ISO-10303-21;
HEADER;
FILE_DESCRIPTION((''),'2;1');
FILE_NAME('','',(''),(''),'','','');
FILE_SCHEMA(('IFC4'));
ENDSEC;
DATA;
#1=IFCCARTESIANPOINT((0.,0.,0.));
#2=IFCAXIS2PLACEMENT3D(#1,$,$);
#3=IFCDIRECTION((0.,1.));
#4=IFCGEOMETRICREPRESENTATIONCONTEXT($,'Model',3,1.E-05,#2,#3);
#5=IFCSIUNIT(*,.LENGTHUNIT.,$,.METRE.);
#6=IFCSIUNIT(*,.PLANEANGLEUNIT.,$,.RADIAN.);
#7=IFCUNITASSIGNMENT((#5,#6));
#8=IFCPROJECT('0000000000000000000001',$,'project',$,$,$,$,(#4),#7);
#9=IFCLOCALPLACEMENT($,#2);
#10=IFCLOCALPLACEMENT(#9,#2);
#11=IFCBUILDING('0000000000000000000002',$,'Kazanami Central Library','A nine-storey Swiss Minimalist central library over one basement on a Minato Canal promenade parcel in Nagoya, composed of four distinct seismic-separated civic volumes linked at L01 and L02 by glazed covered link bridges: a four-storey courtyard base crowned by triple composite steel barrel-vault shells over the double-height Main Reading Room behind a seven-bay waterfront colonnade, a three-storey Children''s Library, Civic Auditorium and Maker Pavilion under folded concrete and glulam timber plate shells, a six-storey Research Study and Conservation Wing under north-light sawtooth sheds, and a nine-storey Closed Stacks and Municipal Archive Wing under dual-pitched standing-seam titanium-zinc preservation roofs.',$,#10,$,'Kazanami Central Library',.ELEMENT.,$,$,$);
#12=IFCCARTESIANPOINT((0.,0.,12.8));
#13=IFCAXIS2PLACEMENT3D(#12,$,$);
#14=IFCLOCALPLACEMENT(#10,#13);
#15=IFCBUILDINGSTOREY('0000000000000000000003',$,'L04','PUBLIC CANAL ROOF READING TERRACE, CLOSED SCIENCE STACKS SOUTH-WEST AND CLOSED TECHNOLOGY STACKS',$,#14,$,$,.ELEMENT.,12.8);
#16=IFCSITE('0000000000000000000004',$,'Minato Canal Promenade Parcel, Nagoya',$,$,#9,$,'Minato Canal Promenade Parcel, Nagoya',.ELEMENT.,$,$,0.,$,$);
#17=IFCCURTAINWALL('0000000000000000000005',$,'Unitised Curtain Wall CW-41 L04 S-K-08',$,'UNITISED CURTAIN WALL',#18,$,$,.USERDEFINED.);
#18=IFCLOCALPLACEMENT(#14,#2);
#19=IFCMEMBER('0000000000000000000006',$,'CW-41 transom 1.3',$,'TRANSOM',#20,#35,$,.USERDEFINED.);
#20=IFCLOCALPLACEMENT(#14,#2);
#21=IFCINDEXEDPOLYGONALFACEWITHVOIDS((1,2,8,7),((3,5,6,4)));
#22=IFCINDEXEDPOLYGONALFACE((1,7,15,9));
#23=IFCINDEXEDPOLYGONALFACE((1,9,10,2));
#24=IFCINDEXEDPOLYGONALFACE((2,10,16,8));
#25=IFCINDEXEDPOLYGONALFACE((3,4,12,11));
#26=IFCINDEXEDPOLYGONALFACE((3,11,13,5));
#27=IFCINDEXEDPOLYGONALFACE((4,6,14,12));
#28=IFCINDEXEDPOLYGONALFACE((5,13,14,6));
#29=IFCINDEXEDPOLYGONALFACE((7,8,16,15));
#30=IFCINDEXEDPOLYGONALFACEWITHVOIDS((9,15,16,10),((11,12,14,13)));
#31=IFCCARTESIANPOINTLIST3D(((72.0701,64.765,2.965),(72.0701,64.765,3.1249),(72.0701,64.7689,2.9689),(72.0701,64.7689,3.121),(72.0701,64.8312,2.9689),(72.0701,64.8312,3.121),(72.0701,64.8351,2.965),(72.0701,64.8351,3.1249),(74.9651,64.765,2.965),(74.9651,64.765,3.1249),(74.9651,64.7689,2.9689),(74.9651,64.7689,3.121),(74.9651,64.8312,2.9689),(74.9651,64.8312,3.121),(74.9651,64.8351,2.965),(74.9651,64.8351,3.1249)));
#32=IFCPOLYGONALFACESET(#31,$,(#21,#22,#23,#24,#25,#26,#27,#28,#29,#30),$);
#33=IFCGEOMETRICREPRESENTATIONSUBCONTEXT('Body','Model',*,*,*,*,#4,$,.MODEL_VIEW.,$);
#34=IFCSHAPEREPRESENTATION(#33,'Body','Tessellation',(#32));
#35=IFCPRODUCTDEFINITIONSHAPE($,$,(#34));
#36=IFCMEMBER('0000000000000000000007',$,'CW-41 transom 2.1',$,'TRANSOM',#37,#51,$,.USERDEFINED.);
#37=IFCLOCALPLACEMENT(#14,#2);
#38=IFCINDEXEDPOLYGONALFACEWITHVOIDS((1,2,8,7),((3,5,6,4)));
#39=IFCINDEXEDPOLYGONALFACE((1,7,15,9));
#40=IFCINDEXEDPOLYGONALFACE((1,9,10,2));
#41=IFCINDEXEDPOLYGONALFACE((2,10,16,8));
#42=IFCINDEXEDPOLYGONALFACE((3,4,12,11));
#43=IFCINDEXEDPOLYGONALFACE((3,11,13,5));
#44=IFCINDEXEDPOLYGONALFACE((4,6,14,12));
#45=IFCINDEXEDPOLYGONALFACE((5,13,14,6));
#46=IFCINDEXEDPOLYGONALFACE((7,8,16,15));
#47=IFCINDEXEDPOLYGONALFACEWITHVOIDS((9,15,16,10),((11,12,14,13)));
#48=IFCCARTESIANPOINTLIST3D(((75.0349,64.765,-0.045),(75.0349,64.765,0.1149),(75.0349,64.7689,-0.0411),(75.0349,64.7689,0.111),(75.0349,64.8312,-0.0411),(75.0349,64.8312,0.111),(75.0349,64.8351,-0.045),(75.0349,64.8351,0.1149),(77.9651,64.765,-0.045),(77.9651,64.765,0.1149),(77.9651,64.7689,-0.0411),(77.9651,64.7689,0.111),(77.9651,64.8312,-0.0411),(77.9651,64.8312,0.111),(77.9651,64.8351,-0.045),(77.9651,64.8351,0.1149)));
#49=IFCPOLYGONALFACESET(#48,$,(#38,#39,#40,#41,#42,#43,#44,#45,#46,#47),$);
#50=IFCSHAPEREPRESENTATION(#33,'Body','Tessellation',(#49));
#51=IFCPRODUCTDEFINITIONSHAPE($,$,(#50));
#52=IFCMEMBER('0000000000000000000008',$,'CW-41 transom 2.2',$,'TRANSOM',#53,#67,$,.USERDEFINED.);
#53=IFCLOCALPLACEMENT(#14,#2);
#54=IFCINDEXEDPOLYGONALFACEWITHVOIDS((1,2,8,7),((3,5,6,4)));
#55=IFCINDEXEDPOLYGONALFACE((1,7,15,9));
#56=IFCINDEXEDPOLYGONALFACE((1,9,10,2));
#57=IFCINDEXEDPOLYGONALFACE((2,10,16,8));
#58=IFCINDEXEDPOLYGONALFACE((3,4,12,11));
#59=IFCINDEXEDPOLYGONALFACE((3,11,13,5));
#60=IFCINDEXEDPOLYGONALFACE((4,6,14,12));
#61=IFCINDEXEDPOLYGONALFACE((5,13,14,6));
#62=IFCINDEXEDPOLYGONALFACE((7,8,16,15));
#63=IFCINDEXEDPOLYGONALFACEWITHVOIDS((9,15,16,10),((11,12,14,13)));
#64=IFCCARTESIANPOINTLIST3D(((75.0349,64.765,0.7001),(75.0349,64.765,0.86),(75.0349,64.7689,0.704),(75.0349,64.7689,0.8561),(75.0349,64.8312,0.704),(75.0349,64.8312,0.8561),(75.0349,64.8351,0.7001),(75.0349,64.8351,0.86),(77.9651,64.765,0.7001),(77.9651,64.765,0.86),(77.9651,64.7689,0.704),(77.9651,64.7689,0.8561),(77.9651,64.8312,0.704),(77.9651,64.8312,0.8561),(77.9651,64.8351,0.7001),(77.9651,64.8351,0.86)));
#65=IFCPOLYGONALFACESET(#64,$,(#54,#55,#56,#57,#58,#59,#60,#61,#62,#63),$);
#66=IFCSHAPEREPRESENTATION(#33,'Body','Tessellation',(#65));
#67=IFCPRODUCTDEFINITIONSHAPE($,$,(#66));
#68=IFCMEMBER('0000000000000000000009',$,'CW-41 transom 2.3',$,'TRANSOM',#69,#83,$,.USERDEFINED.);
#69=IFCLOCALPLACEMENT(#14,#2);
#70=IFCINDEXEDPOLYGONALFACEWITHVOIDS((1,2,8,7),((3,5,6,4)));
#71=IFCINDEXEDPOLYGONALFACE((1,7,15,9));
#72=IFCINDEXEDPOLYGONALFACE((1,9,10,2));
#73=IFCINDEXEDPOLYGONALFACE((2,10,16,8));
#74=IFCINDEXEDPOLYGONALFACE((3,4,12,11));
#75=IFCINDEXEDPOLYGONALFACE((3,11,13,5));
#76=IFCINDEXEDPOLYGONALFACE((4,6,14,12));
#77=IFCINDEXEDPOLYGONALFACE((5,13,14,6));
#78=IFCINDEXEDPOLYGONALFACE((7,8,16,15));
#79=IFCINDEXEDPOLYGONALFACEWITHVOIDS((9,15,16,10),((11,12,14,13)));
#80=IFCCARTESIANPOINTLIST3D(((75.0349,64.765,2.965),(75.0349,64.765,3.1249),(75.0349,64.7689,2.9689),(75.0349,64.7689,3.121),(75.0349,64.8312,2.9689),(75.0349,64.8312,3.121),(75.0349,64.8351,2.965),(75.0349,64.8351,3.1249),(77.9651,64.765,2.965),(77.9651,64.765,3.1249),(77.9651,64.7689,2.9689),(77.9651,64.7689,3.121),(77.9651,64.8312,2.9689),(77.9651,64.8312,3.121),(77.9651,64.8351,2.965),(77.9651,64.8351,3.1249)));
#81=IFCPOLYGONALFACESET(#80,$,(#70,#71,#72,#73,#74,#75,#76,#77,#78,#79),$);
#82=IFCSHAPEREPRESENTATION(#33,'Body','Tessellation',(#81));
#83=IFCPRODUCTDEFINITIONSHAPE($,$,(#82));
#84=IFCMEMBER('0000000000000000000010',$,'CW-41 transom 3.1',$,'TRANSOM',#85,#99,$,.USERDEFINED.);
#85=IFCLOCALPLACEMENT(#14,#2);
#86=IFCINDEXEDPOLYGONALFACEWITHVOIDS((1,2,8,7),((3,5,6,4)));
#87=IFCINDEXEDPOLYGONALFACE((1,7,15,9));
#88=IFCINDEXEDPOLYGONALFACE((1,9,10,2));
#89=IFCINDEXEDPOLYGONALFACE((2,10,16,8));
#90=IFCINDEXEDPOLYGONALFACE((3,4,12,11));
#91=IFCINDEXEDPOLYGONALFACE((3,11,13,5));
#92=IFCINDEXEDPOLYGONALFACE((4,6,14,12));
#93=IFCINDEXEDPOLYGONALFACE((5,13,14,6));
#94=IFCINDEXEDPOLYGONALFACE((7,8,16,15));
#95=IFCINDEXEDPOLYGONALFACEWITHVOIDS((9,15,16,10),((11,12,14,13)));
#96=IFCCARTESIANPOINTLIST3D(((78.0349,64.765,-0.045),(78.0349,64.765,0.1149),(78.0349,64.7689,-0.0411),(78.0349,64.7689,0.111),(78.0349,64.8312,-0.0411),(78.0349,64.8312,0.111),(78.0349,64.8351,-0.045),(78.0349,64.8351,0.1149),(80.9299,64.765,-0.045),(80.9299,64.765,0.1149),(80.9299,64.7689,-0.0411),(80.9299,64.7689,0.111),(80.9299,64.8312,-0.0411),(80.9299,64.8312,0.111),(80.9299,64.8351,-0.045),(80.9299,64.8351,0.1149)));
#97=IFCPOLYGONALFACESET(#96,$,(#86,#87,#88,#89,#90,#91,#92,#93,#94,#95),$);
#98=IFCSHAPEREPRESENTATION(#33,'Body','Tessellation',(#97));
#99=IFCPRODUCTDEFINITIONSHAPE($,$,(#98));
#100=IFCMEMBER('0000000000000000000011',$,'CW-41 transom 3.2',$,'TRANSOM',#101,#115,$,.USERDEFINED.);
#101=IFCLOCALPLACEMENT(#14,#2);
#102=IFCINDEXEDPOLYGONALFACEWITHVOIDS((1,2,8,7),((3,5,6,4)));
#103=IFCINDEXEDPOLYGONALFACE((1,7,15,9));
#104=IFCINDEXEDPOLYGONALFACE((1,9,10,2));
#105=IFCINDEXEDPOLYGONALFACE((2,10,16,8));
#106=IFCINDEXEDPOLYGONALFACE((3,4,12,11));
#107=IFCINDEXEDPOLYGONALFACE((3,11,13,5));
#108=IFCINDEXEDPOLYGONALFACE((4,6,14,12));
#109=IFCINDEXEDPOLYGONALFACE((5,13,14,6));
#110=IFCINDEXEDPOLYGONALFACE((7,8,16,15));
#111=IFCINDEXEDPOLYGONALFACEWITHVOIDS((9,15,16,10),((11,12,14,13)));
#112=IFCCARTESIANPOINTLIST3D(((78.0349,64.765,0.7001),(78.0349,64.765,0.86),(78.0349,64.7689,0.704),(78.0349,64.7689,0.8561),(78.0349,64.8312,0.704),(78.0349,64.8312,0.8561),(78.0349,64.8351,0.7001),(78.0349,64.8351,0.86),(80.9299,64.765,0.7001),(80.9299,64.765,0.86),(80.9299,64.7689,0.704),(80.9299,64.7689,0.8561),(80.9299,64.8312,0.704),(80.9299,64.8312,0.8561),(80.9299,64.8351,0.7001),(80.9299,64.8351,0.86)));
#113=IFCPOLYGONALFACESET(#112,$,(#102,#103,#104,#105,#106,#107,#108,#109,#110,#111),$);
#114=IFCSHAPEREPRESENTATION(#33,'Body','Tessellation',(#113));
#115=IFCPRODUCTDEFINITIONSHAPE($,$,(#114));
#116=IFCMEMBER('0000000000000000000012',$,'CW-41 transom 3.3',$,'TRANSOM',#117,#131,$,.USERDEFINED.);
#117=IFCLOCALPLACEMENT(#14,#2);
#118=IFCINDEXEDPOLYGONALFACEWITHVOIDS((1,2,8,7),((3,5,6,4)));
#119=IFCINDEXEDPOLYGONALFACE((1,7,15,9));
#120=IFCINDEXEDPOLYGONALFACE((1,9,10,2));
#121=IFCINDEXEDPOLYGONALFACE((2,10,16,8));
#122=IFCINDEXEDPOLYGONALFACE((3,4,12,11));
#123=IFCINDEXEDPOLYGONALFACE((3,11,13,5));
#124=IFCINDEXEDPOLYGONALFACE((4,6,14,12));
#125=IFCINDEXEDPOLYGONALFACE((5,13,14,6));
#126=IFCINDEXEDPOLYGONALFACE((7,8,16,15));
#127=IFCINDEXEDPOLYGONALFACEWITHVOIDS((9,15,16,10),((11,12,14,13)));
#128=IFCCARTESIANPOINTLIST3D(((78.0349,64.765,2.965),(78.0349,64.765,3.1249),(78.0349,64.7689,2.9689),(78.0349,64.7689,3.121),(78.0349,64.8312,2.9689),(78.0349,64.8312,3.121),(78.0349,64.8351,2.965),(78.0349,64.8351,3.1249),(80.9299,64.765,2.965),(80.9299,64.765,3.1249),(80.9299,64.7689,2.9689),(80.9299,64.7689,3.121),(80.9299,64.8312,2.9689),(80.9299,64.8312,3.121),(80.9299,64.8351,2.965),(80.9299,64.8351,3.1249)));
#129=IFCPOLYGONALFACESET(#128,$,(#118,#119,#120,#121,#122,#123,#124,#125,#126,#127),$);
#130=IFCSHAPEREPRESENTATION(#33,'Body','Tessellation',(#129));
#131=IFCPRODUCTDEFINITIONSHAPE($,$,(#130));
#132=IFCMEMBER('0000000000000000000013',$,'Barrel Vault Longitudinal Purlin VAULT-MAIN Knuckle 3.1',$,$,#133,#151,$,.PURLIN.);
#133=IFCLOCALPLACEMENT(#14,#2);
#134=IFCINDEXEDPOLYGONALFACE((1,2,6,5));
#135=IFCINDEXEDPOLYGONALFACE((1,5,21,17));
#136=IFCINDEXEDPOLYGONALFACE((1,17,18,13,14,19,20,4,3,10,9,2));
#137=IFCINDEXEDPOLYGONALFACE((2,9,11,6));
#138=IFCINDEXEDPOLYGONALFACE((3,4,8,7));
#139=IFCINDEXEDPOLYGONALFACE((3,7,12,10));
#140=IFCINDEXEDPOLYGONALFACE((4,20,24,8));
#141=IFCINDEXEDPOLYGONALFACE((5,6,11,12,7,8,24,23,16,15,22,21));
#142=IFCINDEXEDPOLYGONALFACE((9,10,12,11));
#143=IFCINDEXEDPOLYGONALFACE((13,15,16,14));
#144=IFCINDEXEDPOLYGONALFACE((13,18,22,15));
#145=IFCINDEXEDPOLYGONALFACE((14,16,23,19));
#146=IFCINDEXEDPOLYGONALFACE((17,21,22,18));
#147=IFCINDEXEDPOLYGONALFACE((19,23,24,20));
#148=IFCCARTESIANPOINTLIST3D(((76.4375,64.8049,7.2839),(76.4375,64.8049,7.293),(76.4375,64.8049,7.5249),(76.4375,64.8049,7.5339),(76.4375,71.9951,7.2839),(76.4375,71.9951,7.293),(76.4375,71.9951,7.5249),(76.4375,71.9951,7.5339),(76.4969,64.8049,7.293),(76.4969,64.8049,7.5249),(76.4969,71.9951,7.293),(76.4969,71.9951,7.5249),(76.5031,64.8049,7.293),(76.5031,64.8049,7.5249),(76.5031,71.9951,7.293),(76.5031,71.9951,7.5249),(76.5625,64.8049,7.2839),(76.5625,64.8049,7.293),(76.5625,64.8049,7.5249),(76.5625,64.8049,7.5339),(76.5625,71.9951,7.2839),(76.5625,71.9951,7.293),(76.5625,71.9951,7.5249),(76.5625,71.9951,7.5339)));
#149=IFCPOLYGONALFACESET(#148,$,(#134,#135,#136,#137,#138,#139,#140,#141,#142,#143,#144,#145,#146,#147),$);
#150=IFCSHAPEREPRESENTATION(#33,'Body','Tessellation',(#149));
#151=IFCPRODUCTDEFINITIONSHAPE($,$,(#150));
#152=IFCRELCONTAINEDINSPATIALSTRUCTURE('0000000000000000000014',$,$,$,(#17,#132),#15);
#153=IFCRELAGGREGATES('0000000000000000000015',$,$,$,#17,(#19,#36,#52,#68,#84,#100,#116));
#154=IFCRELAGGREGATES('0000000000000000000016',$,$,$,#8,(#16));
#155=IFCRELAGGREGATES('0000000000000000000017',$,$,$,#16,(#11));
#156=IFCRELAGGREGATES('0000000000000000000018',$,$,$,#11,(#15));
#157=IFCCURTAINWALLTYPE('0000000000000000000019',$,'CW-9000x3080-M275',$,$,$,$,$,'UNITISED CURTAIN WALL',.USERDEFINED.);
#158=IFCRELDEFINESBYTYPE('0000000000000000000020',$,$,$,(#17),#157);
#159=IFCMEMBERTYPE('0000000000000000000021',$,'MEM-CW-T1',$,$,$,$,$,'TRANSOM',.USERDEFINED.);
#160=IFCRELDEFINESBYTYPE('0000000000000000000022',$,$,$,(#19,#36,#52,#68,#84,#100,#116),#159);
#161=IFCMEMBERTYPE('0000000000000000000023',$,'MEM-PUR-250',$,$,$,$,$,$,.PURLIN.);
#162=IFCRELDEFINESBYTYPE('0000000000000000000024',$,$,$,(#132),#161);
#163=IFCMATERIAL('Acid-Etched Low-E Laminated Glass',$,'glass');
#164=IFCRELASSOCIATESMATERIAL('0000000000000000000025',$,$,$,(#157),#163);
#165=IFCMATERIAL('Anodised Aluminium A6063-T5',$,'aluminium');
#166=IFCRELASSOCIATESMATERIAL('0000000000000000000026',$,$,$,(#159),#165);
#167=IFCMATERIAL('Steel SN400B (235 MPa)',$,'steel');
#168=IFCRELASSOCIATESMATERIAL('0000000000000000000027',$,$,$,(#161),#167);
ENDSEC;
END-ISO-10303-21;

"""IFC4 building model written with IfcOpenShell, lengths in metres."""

from ifc_helpers import new_model, si_unit, direction, frame, origin, origin_2d, place, context, subcontext, project, spatial, hollow_rectangle, i_section, extrude, material, material_profile, profile_set, type_object, element, aggregate, save


model = new_model("IFC4")

# Units and contexts
model_context = context("Model", 3, precision=1e-05, world=origin(), true_north=direction((0.0, 1.0)))
body_context = subcontext(model_context, "Body", "Model", "MODEL_VIEW")
ifc_project = project(units=[si_unit("LENGTHUNIT", "METRE"), si_unit("PLANEANGLEUNIT", "RADIAN")], contexts=[model_context])

# Site, building, storey
site_placement = place(None, origin())
site = spatial("IfcSite", under=ifc_project, at=site_placement, Name="Minato Canal Promenade Parcel, Nagoya", LongName="Minato Canal Promenade Parcel, Nagoya", CompositionType="ELEMENT", RefElevation=0.0)
building_placement = place(site_placement, origin())
building = spatial("IfcBuilding", under=site, at=building_placement, Name="Kazanami Central Library", Description="A nine-storey Swiss Minimalist central library over one basement on a Minato Canal promenade parcel in Nagoya, composed of four distinct seismic-separated civic volumes linked at L01 and L02 by glazed covered link bridges: a four-storey courtyard base crowned by triple composite steel barrel-vault shells over the double-height Main Reading Room behind a seven-bay waterfront colonnade, a three-storey Children's Library, Civic Auditorium and Maker Pavilion under folded concrete and glulam timber plate shells, a six-storey Research Study and Conservation Wing under north-light sawtooth sheds, and a nine-storey Closed Stacks and Municipal Archive Wing under dual-pitched standing-seam titanium-zinc preservation roofs.", LongName="Kazanami Central Library", CompositionType="ELEMENT")
storey_placement = place(building_placement, frame((0.0, 0.0, 12.8)))
storey = spatial("IfcBuildingStorey", under=building, at=storey_placement, Name="L04", Description="PUBLIC CANAL ROOF READING TERRACE, CLOSED SCIENCE STACKS SOUTH-WEST AND CLOSED TECHNOLOGY STACKS", CompositionType="ELEMENT", Elevation=12.8)

# Curtain wall, members
ifc_material_1 = material(Name="Acid-Etched Low-E Laminated Glass", Category="glass")
curtain_wall_type = type_object("IfcCurtainWallType", Name="CW-9000x3080-M275", ElementType="UNITISED CURTAIN WALL", PredefinedType="USERDEFINED", material=ifc_material_1)
curtain_wall_placement = place(storey_placement, origin())
curtain_wall = element("IfcCurtainWall", 1, at=curtain_wall_placement, inside=storey, type_object=curtain_wall_type, Name="Unitised Curtain Wall CW-41 L04 S-K-08", ObjectType="UNITISED CURTAIN WALL", PredefinedType="USERDEFINED")
ifc_material_2 = material(Name="Anodised Aluminium A6063-T5", Category="aluminium")
ifc_material_profile_1 = material_profile(ifc_material_2, hollow_rectangle(XDim=0.0701, YDim=0.1599, WallThickness=0.0039, at=origin_2d()), Name="ALU-TRAN-70x160x4")
ifc_profile_set_1 = profile_set([ifc_material_profile_1], Name="Anodised Aluminium A6063-T5")
member_type_1 = type_object("IfcMemberType", Name="MEM-CW-T1", ElementType="TRANSOM", PredefinedType="USERDEFINED", material=ifc_profile_set_1)
member_1_placement = place(storey_placement, frame((72.0701, 64.8, 3.0449), z_axis=(1.0, 0.0, 0.0), x_axis=(0.0, 1.0, 0.0)))
member_1 = element("IfcMember", 2, at=member_1_placement, type_object=member_type_1, Name="CW-41 transom 1.3", ObjectType="TRANSOM", PredefinedType="USERDEFINED", context=body_context, shape_type="SweptSolid", body=[
    extrude(hollow_rectangle(XDim=0.0701, YDim=0.1599, WallThickness=0.0039, at=origin_2d()), origin(), (0.0, 0.0, 1.0), 2.895),
])
member_2_placement = place(storey_placement, frame((75.0349, 64.8, 0.0349), z_axis=(1.0, 0.0, 0.0), x_axis=(0.0, 1.0, 0.0)))
member_2 = element("IfcMember", 3, at=member_2_placement, type_object=member_type_1, Name="CW-41 transom 2.1", ObjectType="TRANSOM", PredefinedType="USERDEFINED", context=body_context, shape_type="SweptSolid", body=[
    extrude(hollow_rectangle(XDim=0.0701, YDim=0.1599, WallThickness=0.0039, at=origin_2d()), origin(), (0.0, 0.0, 1.0), 2.9302),
])
member_3_placement = place(storey_placement, frame((75.0349, 64.8, 0.78), z_axis=(1.0, 0.0, 0.0), x_axis=(0.0, 1.0, 0.0)))
member_3 = element("IfcMember", 4, at=member_3_placement, type_object=member_type_1, Name="CW-41 transom 2.2", ObjectType="TRANSOM", PredefinedType="USERDEFINED", context=body_context, shape_type="SweptSolid", body=[
    extrude(hollow_rectangle(XDim=0.0701, YDim=0.1599, WallThickness=0.0039, at=origin_2d()), origin(), (0.0, 0.0, 1.0), 2.9302),
])
member_4_placement = place(storey_placement, frame((75.0349, 64.8, 3.0449), z_axis=(1.0, 0.0, 0.0), x_axis=(0.0, 1.0, 0.0)))
member_4 = element("IfcMember", 5, at=member_4_placement, type_object=member_type_1, Name="CW-41 transom 2.3", ObjectType="TRANSOM", PredefinedType="USERDEFINED", context=body_context, shape_type="SweptSolid", body=[
    extrude(hollow_rectangle(XDim=0.0701, YDim=0.1599, WallThickness=0.0039, at=origin_2d()), origin(), (0.0, 0.0, 1.0), 2.9302),
])
member_5_placement = place(storey_placement, frame((78.0349, 64.8, 0.0349), z_axis=(1.0, 0.0, 0.0), x_axis=(0.0, 1.0, 0.0)))
member_5 = element("IfcMember", 6, at=member_5_placement, type_object=member_type_1, Name="CW-41 transom 3.1", ObjectType="TRANSOM", PredefinedType="USERDEFINED", context=body_context, shape_type="SweptSolid", body=[
    extrude(hollow_rectangle(XDim=0.0701, YDim=0.1599, WallThickness=0.0039, at=origin_2d()), origin(), (0.0, 0.0, 1.0), 2.895),
])
member_6_placement = place(storey_placement, frame((78.0349, 64.8, 0.78), z_axis=(1.0, 0.0, 0.0), x_axis=(0.0, 1.0, 0.0)))
member_6 = element("IfcMember", 7, at=member_6_placement, type_object=member_type_1, Name="CW-41 transom 3.2", ObjectType="TRANSOM", PredefinedType="USERDEFINED", context=body_context, shape_type="SweptSolid", body=[
    extrude(hollow_rectangle(XDim=0.0701, YDim=0.1599, WallThickness=0.0039, at=origin_2d()), origin(), (0.0, 0.0, 1.0), 2.895),
])
member_7_placement = place(storey_placement, frame((78.0349, 64.8, 3.0449), z_axis=(1.0, 0.0, 0.0), x_axis=(0.0, 1.0, 0.0)))
member_7 = element("IfcMember", 8, at=member_7_placement, type_object=member_type_1, Name="CW-41 transom 3.3", ObjectType="TRANSOM", PredefinedType="USERDEFINED", context=body_context, shape_type="SweptSolid", body=[
    extrude(hollow_rectangle(XDim=0.0701, YDim=0.1599, WallThickness=0.0039, at=origin_2d()), origin(), (0.0, 0.0, 1.0), 2.895),
])

# Member
ifc_material_3 = material(Name="Steel SN400B (235 MPa)", Category="steel")
ifc_material_profile_2 = material_profile(ifc_material_3, i_section(OverallWidth=0.125, OverallDepth=0.25, WebThickness=0.0061, FlangeThickness=0.009, at=origin_2d()), Name="H-250x125x6x9")
ifc_profile_set_2 = profile_set([ifc_material_profile_2], Name="Steel SN400B (235 MPa)")
member_type_2 = type_object("IfcMemberType", Name="MEM-PUR-250", PredefinedType="PURLIN", material=ifc_profile_set_2)
member_8_placement = place(storey_placement, frame((76.5, 64.8049, 7.4089), z_axis=(0.0, 1.0, 0.0), x_axis=(-1.0, 0.0, 0.0)))
element("IfcMember", 9, at=member_8_placement, inside=storey, type_object=member_type_2, Name="Barrel Vault Longitudinal Purlin VAULT-MAIN Knuckle 3.1", PredefinedType="PURLIN", context=body_context, shape_type="SweptSolid", body=[
    extrude(i_section(OverallWidth=0.125, OverallDepth=0.25, WebThickness=0.0061, FlangeThickness=0.009, at=origin_2d()), origin(), (0.0, 0.0, 1.0), 7.1902),
])

aggregate(curtain_wall, [member_1, member_2, member_3, member_4, member_5, member_6, member_7])

save(model, "model.ifc")
